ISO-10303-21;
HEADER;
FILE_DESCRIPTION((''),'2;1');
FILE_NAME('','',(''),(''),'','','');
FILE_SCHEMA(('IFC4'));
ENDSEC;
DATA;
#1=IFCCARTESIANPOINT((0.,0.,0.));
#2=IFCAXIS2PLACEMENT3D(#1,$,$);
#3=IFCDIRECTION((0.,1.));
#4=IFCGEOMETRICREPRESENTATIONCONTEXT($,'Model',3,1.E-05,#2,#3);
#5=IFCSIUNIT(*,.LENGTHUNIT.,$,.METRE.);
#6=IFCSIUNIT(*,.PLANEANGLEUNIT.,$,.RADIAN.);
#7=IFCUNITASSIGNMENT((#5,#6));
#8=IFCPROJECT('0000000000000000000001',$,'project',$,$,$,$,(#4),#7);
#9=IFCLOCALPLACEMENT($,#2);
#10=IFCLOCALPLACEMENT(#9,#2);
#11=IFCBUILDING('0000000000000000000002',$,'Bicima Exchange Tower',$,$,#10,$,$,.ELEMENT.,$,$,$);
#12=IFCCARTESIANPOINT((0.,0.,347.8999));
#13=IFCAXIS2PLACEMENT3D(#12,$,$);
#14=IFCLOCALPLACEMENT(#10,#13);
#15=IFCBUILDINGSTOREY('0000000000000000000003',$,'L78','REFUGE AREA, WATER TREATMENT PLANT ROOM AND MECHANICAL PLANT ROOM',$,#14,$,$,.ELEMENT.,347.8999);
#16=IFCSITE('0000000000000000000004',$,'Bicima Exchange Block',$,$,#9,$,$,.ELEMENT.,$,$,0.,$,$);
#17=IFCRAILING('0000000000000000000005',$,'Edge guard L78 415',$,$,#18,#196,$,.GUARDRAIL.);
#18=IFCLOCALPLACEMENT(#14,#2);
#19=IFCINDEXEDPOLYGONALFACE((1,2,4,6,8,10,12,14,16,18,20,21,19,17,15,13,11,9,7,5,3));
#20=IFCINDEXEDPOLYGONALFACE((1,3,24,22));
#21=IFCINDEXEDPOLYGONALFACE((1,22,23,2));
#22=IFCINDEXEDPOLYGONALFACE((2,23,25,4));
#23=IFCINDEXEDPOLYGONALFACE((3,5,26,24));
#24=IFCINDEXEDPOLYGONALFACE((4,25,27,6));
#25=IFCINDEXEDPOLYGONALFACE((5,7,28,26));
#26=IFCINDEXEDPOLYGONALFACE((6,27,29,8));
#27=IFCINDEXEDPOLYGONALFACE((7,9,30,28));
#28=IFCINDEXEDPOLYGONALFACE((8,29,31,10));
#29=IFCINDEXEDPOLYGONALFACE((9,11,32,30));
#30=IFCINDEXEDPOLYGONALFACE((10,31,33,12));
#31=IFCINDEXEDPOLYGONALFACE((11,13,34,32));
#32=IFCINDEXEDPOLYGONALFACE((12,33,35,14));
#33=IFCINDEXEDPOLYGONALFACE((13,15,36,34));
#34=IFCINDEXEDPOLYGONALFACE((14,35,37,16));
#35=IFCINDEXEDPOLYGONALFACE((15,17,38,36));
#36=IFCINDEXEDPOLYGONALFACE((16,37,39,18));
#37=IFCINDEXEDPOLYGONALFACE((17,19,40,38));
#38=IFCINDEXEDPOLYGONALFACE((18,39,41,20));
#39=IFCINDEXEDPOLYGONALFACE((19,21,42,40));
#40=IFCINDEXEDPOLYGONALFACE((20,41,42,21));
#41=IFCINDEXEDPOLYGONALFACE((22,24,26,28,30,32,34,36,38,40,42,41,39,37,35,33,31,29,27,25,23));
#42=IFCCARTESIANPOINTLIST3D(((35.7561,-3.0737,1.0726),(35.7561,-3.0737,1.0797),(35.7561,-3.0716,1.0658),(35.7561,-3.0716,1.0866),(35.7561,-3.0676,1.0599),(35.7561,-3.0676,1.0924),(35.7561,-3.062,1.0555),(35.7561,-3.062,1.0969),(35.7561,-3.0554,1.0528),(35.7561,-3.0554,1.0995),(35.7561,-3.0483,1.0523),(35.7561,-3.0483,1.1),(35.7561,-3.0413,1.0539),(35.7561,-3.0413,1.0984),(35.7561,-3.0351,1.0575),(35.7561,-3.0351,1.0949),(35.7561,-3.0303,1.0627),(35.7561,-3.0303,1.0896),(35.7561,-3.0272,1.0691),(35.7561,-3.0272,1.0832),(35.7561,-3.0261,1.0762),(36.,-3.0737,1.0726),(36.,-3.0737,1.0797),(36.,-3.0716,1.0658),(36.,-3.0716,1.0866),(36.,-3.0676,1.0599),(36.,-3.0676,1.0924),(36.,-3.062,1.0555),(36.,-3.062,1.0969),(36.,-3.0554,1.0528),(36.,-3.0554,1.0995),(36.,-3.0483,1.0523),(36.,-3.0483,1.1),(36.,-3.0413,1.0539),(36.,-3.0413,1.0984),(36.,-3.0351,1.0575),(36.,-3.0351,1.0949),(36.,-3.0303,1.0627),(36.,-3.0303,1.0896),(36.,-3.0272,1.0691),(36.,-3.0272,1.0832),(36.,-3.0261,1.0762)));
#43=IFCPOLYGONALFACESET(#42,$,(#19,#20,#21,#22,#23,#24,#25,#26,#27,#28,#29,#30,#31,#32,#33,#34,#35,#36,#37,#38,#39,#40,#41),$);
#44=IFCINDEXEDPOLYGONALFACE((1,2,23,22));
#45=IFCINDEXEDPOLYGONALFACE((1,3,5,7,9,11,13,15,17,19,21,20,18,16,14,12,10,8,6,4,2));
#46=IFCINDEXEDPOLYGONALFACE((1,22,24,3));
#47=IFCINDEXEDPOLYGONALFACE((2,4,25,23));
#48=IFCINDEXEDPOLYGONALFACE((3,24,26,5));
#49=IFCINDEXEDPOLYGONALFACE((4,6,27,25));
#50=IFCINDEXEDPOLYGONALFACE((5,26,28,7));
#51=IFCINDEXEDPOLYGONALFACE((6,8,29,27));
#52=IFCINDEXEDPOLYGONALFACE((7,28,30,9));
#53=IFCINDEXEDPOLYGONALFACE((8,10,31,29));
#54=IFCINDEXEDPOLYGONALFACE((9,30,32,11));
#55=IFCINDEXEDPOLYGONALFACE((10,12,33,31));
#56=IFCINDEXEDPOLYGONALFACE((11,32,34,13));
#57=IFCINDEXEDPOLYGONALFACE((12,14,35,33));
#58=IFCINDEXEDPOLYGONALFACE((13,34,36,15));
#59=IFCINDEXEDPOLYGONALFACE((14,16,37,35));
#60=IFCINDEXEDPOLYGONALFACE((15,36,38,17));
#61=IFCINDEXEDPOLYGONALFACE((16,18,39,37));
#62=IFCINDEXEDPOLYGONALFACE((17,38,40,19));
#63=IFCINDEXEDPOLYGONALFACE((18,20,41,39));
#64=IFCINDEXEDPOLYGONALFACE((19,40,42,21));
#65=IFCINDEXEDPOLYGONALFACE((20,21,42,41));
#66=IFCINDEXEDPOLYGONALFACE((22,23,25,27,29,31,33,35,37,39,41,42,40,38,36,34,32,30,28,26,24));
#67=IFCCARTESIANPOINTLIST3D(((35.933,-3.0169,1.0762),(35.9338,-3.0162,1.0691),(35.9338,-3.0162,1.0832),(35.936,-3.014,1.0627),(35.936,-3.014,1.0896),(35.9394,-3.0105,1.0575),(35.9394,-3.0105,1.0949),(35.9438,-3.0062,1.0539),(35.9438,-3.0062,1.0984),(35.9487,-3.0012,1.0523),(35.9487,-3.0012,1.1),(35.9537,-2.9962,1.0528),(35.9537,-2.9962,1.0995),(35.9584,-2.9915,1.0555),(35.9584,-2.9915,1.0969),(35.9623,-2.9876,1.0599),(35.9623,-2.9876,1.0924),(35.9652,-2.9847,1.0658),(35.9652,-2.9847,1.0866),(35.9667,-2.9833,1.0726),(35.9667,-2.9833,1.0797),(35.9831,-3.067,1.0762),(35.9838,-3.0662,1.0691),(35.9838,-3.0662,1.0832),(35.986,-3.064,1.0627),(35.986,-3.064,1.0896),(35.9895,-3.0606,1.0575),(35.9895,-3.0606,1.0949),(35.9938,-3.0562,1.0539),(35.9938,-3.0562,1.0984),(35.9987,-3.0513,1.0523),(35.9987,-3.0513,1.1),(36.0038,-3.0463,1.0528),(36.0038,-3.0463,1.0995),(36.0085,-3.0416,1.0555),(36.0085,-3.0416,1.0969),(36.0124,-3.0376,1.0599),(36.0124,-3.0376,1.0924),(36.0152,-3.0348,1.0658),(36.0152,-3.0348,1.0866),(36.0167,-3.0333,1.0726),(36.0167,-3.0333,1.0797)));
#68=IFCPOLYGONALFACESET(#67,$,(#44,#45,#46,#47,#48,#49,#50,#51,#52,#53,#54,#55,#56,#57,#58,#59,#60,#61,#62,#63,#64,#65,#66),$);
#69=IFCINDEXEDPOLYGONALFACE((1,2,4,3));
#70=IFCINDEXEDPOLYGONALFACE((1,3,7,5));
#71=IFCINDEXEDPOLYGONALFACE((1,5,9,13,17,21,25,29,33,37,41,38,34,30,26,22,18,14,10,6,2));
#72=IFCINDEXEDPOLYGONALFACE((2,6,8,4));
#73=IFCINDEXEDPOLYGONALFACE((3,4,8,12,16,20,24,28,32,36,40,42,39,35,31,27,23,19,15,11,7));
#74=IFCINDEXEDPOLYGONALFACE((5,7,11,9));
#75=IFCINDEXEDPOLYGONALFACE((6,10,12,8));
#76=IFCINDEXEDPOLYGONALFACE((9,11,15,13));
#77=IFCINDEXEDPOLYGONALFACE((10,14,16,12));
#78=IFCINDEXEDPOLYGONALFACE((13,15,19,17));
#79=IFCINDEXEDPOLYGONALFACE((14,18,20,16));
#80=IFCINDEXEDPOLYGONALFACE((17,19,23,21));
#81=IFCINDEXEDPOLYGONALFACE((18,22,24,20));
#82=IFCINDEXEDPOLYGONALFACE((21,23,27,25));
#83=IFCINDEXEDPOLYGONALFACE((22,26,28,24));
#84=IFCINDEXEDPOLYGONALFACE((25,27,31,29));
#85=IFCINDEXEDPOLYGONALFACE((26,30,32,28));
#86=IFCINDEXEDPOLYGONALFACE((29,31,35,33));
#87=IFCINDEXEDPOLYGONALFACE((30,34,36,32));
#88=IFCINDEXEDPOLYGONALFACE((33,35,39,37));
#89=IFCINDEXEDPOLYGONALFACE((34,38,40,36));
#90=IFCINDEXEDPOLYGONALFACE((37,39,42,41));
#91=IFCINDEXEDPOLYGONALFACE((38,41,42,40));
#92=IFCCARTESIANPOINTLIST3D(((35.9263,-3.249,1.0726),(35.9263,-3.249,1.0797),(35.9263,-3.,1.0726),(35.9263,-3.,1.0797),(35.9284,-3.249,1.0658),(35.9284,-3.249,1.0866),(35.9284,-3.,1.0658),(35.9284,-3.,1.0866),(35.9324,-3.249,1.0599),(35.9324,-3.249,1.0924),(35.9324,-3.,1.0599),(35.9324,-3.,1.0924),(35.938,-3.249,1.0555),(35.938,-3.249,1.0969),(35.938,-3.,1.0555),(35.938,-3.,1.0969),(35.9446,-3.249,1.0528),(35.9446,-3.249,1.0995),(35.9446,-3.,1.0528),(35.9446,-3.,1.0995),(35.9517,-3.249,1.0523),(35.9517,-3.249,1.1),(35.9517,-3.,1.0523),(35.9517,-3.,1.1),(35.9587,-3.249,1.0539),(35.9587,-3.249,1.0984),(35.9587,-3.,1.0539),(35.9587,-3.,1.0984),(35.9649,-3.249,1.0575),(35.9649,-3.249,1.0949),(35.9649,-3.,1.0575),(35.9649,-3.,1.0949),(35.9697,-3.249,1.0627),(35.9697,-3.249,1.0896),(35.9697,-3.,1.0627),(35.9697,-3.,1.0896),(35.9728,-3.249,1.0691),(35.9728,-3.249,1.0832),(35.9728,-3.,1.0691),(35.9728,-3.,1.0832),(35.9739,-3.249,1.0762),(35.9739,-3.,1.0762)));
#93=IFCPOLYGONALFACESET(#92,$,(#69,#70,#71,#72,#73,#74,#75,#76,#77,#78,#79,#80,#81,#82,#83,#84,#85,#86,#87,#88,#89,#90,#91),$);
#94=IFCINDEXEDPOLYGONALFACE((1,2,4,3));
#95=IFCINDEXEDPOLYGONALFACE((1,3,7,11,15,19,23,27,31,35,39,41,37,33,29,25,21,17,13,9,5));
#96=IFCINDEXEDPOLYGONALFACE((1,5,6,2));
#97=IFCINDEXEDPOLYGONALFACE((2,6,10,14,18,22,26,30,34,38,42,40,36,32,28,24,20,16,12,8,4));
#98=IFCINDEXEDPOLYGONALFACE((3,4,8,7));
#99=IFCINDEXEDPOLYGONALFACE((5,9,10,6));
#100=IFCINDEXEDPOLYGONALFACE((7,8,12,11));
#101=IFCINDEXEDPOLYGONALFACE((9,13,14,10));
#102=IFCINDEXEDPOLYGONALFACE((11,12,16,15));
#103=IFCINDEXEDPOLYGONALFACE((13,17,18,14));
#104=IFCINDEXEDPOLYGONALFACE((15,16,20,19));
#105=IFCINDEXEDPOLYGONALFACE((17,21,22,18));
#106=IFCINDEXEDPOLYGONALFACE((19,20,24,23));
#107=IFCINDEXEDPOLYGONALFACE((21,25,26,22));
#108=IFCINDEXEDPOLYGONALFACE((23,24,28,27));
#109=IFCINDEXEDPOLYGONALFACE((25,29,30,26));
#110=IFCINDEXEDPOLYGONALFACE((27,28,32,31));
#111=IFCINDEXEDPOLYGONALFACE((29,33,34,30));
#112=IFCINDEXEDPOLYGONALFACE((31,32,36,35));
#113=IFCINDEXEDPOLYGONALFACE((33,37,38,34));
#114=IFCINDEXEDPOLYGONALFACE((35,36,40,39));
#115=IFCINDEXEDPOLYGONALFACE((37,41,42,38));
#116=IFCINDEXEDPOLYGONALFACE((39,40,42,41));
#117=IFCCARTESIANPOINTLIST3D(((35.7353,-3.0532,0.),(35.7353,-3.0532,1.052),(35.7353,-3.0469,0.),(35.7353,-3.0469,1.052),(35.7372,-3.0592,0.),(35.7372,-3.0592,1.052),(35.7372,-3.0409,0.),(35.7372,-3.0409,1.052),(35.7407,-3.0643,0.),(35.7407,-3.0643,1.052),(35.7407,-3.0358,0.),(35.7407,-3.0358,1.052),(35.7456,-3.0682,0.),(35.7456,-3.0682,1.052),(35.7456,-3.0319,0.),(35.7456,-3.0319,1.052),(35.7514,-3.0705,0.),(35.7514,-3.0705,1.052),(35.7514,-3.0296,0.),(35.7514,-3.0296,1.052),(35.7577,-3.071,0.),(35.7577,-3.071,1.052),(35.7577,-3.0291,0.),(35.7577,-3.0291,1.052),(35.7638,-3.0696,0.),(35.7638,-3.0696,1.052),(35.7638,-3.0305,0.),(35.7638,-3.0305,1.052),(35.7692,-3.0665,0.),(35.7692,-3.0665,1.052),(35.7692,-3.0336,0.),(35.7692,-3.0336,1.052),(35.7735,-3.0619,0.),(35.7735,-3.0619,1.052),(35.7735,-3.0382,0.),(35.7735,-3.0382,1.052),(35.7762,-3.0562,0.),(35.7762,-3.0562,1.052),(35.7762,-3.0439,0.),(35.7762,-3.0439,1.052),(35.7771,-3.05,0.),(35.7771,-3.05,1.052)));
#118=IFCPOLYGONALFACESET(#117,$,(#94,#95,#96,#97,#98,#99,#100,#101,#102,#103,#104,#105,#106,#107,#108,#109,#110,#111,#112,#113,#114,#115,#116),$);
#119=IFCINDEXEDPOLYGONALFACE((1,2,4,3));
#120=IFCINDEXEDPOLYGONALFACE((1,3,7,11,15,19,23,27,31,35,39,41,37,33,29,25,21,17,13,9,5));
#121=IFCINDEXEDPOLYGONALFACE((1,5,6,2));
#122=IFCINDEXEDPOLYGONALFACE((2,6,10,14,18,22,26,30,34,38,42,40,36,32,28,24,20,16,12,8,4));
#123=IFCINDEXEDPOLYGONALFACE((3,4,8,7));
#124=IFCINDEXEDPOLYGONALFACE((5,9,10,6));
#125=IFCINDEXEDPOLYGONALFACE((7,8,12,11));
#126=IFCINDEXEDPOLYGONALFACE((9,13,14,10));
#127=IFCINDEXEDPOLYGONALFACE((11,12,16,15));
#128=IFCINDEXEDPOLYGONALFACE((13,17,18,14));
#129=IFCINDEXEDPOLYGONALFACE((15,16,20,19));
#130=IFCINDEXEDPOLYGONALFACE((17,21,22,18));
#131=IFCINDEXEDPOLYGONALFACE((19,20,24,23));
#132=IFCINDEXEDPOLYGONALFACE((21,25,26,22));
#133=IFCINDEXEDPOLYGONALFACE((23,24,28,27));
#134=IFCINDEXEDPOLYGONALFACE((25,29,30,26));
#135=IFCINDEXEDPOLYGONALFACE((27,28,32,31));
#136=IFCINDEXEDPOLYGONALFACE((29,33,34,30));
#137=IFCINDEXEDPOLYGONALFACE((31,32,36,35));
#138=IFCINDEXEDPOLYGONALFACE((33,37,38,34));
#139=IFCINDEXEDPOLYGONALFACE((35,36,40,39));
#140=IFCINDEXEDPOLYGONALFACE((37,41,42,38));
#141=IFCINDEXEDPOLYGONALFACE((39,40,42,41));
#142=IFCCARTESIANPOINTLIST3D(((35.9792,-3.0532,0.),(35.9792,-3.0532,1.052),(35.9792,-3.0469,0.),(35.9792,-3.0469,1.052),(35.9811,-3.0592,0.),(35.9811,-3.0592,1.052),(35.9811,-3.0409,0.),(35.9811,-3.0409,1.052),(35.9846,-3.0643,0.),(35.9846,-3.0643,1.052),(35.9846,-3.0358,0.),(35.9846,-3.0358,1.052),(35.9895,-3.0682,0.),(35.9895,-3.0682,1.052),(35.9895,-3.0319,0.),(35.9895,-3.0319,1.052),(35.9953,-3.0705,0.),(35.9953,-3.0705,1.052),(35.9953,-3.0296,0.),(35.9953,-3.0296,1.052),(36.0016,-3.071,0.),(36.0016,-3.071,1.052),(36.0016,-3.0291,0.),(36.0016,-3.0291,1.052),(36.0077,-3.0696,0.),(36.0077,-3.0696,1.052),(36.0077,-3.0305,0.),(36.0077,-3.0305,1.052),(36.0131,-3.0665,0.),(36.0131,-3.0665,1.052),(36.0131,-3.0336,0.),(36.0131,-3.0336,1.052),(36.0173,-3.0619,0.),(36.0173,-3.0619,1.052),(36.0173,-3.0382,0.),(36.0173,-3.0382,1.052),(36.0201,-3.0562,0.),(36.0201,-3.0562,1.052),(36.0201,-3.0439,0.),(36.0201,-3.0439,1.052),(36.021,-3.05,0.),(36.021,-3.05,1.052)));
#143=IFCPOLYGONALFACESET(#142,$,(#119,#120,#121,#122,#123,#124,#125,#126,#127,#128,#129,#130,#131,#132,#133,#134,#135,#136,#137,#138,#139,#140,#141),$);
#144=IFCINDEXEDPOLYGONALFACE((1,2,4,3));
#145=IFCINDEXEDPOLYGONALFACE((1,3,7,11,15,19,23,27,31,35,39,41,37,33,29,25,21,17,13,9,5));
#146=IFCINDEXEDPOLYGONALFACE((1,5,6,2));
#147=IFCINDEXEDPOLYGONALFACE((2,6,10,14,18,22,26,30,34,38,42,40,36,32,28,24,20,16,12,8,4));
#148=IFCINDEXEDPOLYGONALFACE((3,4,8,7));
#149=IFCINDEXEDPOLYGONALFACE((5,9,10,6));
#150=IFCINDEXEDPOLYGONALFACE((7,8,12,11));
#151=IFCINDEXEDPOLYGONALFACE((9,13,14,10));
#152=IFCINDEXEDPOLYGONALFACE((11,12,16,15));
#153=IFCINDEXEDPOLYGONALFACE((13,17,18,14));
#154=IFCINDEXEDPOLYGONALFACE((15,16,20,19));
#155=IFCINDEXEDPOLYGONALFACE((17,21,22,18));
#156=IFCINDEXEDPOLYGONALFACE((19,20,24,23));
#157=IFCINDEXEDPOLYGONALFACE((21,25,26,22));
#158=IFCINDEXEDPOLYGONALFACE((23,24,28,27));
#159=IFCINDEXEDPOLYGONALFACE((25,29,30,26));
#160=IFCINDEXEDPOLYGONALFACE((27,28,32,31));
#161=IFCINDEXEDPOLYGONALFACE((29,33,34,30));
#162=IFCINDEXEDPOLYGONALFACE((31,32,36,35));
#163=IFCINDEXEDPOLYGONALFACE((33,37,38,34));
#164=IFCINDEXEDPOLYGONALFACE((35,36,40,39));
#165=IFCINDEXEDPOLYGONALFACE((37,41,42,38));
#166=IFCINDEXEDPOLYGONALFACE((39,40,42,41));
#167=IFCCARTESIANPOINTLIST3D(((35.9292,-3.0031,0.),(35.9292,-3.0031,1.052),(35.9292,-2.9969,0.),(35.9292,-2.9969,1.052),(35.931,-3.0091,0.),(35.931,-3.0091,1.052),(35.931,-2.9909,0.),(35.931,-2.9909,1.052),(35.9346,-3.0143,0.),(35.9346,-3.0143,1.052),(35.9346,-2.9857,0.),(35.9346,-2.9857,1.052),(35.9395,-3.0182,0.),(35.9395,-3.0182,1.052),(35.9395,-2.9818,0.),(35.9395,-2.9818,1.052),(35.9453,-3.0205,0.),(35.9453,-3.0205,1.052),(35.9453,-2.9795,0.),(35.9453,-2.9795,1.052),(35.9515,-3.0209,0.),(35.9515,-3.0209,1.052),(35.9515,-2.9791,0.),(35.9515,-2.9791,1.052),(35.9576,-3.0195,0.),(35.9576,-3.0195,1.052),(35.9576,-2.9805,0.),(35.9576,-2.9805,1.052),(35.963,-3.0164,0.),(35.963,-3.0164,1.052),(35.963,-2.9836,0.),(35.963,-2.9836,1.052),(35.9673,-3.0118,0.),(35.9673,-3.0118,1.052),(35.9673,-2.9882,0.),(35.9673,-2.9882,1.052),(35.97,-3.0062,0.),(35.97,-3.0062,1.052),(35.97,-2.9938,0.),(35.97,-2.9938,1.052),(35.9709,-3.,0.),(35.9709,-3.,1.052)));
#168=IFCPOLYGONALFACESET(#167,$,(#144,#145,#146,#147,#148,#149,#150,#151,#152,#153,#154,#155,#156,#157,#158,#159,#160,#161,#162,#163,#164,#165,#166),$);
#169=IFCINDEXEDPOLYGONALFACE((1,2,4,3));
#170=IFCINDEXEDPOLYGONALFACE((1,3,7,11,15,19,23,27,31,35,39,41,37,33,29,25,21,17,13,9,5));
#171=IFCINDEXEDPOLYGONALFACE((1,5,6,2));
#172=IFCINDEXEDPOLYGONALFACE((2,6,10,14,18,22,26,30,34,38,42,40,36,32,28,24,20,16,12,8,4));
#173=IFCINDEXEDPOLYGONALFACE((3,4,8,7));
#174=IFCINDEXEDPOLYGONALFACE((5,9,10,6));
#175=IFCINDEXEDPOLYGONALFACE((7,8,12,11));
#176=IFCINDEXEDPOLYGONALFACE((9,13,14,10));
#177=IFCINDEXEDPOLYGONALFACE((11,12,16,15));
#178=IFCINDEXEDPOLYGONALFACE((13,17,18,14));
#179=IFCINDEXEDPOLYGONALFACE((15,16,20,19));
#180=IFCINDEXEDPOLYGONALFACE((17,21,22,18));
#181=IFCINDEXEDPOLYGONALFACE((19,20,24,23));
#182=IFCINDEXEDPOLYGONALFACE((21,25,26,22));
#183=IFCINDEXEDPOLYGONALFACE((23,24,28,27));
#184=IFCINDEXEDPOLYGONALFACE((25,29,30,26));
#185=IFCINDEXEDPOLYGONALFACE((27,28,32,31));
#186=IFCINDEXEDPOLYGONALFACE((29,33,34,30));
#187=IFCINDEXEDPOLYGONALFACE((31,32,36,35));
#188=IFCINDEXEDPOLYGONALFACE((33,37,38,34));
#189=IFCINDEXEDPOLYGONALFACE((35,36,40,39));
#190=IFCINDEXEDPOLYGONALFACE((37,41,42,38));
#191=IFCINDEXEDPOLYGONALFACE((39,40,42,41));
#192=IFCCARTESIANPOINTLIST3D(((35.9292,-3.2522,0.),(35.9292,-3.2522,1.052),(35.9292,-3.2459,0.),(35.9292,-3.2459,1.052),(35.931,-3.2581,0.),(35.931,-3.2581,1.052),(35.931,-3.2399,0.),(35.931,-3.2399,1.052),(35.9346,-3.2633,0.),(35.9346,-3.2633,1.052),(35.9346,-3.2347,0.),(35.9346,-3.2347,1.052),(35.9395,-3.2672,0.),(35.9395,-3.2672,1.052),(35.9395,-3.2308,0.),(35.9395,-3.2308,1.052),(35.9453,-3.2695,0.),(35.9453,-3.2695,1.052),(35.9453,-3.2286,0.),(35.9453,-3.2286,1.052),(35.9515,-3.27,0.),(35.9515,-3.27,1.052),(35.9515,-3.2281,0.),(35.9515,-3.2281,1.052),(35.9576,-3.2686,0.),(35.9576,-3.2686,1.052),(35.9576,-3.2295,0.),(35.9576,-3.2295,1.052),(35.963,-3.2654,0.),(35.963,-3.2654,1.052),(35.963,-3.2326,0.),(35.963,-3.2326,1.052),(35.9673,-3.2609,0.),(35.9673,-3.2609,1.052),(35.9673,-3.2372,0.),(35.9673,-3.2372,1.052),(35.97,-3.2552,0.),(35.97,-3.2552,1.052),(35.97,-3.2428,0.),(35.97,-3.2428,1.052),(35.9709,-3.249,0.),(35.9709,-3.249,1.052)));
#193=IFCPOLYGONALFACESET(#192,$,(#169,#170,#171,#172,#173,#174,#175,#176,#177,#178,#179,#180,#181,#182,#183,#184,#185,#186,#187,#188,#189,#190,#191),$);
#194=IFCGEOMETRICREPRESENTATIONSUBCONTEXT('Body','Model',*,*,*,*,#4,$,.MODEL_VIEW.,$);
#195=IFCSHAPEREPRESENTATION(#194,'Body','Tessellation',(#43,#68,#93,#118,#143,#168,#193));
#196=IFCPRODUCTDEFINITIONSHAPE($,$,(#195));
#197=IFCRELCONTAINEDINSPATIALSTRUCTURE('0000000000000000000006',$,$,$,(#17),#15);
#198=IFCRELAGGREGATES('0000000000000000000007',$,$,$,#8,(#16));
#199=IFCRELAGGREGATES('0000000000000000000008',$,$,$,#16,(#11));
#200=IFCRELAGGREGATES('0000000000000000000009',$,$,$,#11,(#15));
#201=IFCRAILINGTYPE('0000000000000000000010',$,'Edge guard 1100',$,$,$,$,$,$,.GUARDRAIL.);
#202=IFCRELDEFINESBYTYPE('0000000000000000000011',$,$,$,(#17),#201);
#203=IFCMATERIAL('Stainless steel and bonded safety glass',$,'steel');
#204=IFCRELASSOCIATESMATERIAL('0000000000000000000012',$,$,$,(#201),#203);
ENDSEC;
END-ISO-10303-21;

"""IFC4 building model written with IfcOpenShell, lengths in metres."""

from ifc_helpers import new_model, si_unit, direction, frame, origin, origin_2d, place, context, subcontext, project, spatial, circle, extrude, material, type_object, element, save


model = new_model("IFC4")

# Units and contexts
model_context = context("Model", 3, precision=1e-05, world=origin(), true_north=direction((0.0, 1.0)))
body_context = subcontext(model_context, "Body", "Model", "MODEL_VIEW")
ifc_project = project(units=[si_unit("LENGTHUNIT", "METRE"), si_unit("PLANEANGLEUNIT", "RADIAN")], contexts=[model_context])

# Site, building, storey
site_placement = place(None, origin())
site = spatial("IfcSite", under=ifc_project, at=site_placement, Name="Bicima Exchange Block", CompositionType="ELEMENT", RefElevation=0.0)
building_placement = place(site_placement, origin())
building = spatial("IfcBuilding", under=site, at=building_placement, Name="Bicima Exchange Tower", CompositionType="ELEMENT")
storey_placement = place(building_placement, frame((0.0, 0.0, 347.8999)))
storey = spatial("IfcBuildingStorey", under=building, at=storey_placement, Name="L78", Description="REFUGE AREA, WATER TREATMENT PLANT ROOM AND MECHANICAL PLANT ROOM", CompositionType="ELEMENT", Elevation=347.8999)

# Railing
ifc_material_1 = material(Name="Stainless steel and bonded safety glass", Category="steel")
railing_type = type_object("IfcRailingType", Name="Edge guard 1100", PredefinedType="GUARDRAIL", material=ifc_material_1)
railing_1_placement = place(storey_placement, frame((35.7561, -3.05, 0.0)))
element("IfcRailing", 1, at=railing_1_placement, inside=storey, type_object=railing_type, Name="Edge guard L78 415", PredefinedType="GUARDRAIL", context=body_context, shape_type="SweptSolid", body=[
    extrude(circle(Radius=0.0239, at=origin_2d()), frame((0.0, 0.0, 1.0762), z_axis=(1.0, 0.0, 0.0), x_axis=(0.0, 1.0, 0.0)), (0.0, 0.0, 1.0), 0.2439),
    extrude(circle(Radius=0.0239, at=origin_2d()), frame((0.2439, 0.0, 1.0762), z_axis=(-0.707107, 0.707107, 0.0), x_axis=(-0.707107, -0.707107, 0.0)), (0.0, 0.0, 1.0), 0.0708),
    extrude(circle(Radius=0.0239, at=origin_2d()), frame((0.1938, 0.05, 1.0762), z_axis=(0.0, -1.0, 0.0), x_axis=(1.0, 0.0, 0.0)), (0.0, 0.0, 1.0), 0.249),
    extrude(circle(Radius=0.021, at=origin_2d()), origin(), (0.0, 0.0, 1.0), 1.052),
    extrude(circle(Radius=0.021, at=origin_2d()), frame((0.2439, 0.0, 0.0)), (0.0, 0.0, 1.0), 1.052),
    extrude(circle(Radius=0.021, at=origin_2d()), frame((0.1938, 0.05, 0.0)), (0.0, 0.0, 1.0), 1.052),
    extrude(circle(Radius=0.021, at=origin_2d()), frame((0.1938, -0.199, 0.0)), (0.0, 0.0, 1.0), 1.052),
])

save(model, "model.ifc")
